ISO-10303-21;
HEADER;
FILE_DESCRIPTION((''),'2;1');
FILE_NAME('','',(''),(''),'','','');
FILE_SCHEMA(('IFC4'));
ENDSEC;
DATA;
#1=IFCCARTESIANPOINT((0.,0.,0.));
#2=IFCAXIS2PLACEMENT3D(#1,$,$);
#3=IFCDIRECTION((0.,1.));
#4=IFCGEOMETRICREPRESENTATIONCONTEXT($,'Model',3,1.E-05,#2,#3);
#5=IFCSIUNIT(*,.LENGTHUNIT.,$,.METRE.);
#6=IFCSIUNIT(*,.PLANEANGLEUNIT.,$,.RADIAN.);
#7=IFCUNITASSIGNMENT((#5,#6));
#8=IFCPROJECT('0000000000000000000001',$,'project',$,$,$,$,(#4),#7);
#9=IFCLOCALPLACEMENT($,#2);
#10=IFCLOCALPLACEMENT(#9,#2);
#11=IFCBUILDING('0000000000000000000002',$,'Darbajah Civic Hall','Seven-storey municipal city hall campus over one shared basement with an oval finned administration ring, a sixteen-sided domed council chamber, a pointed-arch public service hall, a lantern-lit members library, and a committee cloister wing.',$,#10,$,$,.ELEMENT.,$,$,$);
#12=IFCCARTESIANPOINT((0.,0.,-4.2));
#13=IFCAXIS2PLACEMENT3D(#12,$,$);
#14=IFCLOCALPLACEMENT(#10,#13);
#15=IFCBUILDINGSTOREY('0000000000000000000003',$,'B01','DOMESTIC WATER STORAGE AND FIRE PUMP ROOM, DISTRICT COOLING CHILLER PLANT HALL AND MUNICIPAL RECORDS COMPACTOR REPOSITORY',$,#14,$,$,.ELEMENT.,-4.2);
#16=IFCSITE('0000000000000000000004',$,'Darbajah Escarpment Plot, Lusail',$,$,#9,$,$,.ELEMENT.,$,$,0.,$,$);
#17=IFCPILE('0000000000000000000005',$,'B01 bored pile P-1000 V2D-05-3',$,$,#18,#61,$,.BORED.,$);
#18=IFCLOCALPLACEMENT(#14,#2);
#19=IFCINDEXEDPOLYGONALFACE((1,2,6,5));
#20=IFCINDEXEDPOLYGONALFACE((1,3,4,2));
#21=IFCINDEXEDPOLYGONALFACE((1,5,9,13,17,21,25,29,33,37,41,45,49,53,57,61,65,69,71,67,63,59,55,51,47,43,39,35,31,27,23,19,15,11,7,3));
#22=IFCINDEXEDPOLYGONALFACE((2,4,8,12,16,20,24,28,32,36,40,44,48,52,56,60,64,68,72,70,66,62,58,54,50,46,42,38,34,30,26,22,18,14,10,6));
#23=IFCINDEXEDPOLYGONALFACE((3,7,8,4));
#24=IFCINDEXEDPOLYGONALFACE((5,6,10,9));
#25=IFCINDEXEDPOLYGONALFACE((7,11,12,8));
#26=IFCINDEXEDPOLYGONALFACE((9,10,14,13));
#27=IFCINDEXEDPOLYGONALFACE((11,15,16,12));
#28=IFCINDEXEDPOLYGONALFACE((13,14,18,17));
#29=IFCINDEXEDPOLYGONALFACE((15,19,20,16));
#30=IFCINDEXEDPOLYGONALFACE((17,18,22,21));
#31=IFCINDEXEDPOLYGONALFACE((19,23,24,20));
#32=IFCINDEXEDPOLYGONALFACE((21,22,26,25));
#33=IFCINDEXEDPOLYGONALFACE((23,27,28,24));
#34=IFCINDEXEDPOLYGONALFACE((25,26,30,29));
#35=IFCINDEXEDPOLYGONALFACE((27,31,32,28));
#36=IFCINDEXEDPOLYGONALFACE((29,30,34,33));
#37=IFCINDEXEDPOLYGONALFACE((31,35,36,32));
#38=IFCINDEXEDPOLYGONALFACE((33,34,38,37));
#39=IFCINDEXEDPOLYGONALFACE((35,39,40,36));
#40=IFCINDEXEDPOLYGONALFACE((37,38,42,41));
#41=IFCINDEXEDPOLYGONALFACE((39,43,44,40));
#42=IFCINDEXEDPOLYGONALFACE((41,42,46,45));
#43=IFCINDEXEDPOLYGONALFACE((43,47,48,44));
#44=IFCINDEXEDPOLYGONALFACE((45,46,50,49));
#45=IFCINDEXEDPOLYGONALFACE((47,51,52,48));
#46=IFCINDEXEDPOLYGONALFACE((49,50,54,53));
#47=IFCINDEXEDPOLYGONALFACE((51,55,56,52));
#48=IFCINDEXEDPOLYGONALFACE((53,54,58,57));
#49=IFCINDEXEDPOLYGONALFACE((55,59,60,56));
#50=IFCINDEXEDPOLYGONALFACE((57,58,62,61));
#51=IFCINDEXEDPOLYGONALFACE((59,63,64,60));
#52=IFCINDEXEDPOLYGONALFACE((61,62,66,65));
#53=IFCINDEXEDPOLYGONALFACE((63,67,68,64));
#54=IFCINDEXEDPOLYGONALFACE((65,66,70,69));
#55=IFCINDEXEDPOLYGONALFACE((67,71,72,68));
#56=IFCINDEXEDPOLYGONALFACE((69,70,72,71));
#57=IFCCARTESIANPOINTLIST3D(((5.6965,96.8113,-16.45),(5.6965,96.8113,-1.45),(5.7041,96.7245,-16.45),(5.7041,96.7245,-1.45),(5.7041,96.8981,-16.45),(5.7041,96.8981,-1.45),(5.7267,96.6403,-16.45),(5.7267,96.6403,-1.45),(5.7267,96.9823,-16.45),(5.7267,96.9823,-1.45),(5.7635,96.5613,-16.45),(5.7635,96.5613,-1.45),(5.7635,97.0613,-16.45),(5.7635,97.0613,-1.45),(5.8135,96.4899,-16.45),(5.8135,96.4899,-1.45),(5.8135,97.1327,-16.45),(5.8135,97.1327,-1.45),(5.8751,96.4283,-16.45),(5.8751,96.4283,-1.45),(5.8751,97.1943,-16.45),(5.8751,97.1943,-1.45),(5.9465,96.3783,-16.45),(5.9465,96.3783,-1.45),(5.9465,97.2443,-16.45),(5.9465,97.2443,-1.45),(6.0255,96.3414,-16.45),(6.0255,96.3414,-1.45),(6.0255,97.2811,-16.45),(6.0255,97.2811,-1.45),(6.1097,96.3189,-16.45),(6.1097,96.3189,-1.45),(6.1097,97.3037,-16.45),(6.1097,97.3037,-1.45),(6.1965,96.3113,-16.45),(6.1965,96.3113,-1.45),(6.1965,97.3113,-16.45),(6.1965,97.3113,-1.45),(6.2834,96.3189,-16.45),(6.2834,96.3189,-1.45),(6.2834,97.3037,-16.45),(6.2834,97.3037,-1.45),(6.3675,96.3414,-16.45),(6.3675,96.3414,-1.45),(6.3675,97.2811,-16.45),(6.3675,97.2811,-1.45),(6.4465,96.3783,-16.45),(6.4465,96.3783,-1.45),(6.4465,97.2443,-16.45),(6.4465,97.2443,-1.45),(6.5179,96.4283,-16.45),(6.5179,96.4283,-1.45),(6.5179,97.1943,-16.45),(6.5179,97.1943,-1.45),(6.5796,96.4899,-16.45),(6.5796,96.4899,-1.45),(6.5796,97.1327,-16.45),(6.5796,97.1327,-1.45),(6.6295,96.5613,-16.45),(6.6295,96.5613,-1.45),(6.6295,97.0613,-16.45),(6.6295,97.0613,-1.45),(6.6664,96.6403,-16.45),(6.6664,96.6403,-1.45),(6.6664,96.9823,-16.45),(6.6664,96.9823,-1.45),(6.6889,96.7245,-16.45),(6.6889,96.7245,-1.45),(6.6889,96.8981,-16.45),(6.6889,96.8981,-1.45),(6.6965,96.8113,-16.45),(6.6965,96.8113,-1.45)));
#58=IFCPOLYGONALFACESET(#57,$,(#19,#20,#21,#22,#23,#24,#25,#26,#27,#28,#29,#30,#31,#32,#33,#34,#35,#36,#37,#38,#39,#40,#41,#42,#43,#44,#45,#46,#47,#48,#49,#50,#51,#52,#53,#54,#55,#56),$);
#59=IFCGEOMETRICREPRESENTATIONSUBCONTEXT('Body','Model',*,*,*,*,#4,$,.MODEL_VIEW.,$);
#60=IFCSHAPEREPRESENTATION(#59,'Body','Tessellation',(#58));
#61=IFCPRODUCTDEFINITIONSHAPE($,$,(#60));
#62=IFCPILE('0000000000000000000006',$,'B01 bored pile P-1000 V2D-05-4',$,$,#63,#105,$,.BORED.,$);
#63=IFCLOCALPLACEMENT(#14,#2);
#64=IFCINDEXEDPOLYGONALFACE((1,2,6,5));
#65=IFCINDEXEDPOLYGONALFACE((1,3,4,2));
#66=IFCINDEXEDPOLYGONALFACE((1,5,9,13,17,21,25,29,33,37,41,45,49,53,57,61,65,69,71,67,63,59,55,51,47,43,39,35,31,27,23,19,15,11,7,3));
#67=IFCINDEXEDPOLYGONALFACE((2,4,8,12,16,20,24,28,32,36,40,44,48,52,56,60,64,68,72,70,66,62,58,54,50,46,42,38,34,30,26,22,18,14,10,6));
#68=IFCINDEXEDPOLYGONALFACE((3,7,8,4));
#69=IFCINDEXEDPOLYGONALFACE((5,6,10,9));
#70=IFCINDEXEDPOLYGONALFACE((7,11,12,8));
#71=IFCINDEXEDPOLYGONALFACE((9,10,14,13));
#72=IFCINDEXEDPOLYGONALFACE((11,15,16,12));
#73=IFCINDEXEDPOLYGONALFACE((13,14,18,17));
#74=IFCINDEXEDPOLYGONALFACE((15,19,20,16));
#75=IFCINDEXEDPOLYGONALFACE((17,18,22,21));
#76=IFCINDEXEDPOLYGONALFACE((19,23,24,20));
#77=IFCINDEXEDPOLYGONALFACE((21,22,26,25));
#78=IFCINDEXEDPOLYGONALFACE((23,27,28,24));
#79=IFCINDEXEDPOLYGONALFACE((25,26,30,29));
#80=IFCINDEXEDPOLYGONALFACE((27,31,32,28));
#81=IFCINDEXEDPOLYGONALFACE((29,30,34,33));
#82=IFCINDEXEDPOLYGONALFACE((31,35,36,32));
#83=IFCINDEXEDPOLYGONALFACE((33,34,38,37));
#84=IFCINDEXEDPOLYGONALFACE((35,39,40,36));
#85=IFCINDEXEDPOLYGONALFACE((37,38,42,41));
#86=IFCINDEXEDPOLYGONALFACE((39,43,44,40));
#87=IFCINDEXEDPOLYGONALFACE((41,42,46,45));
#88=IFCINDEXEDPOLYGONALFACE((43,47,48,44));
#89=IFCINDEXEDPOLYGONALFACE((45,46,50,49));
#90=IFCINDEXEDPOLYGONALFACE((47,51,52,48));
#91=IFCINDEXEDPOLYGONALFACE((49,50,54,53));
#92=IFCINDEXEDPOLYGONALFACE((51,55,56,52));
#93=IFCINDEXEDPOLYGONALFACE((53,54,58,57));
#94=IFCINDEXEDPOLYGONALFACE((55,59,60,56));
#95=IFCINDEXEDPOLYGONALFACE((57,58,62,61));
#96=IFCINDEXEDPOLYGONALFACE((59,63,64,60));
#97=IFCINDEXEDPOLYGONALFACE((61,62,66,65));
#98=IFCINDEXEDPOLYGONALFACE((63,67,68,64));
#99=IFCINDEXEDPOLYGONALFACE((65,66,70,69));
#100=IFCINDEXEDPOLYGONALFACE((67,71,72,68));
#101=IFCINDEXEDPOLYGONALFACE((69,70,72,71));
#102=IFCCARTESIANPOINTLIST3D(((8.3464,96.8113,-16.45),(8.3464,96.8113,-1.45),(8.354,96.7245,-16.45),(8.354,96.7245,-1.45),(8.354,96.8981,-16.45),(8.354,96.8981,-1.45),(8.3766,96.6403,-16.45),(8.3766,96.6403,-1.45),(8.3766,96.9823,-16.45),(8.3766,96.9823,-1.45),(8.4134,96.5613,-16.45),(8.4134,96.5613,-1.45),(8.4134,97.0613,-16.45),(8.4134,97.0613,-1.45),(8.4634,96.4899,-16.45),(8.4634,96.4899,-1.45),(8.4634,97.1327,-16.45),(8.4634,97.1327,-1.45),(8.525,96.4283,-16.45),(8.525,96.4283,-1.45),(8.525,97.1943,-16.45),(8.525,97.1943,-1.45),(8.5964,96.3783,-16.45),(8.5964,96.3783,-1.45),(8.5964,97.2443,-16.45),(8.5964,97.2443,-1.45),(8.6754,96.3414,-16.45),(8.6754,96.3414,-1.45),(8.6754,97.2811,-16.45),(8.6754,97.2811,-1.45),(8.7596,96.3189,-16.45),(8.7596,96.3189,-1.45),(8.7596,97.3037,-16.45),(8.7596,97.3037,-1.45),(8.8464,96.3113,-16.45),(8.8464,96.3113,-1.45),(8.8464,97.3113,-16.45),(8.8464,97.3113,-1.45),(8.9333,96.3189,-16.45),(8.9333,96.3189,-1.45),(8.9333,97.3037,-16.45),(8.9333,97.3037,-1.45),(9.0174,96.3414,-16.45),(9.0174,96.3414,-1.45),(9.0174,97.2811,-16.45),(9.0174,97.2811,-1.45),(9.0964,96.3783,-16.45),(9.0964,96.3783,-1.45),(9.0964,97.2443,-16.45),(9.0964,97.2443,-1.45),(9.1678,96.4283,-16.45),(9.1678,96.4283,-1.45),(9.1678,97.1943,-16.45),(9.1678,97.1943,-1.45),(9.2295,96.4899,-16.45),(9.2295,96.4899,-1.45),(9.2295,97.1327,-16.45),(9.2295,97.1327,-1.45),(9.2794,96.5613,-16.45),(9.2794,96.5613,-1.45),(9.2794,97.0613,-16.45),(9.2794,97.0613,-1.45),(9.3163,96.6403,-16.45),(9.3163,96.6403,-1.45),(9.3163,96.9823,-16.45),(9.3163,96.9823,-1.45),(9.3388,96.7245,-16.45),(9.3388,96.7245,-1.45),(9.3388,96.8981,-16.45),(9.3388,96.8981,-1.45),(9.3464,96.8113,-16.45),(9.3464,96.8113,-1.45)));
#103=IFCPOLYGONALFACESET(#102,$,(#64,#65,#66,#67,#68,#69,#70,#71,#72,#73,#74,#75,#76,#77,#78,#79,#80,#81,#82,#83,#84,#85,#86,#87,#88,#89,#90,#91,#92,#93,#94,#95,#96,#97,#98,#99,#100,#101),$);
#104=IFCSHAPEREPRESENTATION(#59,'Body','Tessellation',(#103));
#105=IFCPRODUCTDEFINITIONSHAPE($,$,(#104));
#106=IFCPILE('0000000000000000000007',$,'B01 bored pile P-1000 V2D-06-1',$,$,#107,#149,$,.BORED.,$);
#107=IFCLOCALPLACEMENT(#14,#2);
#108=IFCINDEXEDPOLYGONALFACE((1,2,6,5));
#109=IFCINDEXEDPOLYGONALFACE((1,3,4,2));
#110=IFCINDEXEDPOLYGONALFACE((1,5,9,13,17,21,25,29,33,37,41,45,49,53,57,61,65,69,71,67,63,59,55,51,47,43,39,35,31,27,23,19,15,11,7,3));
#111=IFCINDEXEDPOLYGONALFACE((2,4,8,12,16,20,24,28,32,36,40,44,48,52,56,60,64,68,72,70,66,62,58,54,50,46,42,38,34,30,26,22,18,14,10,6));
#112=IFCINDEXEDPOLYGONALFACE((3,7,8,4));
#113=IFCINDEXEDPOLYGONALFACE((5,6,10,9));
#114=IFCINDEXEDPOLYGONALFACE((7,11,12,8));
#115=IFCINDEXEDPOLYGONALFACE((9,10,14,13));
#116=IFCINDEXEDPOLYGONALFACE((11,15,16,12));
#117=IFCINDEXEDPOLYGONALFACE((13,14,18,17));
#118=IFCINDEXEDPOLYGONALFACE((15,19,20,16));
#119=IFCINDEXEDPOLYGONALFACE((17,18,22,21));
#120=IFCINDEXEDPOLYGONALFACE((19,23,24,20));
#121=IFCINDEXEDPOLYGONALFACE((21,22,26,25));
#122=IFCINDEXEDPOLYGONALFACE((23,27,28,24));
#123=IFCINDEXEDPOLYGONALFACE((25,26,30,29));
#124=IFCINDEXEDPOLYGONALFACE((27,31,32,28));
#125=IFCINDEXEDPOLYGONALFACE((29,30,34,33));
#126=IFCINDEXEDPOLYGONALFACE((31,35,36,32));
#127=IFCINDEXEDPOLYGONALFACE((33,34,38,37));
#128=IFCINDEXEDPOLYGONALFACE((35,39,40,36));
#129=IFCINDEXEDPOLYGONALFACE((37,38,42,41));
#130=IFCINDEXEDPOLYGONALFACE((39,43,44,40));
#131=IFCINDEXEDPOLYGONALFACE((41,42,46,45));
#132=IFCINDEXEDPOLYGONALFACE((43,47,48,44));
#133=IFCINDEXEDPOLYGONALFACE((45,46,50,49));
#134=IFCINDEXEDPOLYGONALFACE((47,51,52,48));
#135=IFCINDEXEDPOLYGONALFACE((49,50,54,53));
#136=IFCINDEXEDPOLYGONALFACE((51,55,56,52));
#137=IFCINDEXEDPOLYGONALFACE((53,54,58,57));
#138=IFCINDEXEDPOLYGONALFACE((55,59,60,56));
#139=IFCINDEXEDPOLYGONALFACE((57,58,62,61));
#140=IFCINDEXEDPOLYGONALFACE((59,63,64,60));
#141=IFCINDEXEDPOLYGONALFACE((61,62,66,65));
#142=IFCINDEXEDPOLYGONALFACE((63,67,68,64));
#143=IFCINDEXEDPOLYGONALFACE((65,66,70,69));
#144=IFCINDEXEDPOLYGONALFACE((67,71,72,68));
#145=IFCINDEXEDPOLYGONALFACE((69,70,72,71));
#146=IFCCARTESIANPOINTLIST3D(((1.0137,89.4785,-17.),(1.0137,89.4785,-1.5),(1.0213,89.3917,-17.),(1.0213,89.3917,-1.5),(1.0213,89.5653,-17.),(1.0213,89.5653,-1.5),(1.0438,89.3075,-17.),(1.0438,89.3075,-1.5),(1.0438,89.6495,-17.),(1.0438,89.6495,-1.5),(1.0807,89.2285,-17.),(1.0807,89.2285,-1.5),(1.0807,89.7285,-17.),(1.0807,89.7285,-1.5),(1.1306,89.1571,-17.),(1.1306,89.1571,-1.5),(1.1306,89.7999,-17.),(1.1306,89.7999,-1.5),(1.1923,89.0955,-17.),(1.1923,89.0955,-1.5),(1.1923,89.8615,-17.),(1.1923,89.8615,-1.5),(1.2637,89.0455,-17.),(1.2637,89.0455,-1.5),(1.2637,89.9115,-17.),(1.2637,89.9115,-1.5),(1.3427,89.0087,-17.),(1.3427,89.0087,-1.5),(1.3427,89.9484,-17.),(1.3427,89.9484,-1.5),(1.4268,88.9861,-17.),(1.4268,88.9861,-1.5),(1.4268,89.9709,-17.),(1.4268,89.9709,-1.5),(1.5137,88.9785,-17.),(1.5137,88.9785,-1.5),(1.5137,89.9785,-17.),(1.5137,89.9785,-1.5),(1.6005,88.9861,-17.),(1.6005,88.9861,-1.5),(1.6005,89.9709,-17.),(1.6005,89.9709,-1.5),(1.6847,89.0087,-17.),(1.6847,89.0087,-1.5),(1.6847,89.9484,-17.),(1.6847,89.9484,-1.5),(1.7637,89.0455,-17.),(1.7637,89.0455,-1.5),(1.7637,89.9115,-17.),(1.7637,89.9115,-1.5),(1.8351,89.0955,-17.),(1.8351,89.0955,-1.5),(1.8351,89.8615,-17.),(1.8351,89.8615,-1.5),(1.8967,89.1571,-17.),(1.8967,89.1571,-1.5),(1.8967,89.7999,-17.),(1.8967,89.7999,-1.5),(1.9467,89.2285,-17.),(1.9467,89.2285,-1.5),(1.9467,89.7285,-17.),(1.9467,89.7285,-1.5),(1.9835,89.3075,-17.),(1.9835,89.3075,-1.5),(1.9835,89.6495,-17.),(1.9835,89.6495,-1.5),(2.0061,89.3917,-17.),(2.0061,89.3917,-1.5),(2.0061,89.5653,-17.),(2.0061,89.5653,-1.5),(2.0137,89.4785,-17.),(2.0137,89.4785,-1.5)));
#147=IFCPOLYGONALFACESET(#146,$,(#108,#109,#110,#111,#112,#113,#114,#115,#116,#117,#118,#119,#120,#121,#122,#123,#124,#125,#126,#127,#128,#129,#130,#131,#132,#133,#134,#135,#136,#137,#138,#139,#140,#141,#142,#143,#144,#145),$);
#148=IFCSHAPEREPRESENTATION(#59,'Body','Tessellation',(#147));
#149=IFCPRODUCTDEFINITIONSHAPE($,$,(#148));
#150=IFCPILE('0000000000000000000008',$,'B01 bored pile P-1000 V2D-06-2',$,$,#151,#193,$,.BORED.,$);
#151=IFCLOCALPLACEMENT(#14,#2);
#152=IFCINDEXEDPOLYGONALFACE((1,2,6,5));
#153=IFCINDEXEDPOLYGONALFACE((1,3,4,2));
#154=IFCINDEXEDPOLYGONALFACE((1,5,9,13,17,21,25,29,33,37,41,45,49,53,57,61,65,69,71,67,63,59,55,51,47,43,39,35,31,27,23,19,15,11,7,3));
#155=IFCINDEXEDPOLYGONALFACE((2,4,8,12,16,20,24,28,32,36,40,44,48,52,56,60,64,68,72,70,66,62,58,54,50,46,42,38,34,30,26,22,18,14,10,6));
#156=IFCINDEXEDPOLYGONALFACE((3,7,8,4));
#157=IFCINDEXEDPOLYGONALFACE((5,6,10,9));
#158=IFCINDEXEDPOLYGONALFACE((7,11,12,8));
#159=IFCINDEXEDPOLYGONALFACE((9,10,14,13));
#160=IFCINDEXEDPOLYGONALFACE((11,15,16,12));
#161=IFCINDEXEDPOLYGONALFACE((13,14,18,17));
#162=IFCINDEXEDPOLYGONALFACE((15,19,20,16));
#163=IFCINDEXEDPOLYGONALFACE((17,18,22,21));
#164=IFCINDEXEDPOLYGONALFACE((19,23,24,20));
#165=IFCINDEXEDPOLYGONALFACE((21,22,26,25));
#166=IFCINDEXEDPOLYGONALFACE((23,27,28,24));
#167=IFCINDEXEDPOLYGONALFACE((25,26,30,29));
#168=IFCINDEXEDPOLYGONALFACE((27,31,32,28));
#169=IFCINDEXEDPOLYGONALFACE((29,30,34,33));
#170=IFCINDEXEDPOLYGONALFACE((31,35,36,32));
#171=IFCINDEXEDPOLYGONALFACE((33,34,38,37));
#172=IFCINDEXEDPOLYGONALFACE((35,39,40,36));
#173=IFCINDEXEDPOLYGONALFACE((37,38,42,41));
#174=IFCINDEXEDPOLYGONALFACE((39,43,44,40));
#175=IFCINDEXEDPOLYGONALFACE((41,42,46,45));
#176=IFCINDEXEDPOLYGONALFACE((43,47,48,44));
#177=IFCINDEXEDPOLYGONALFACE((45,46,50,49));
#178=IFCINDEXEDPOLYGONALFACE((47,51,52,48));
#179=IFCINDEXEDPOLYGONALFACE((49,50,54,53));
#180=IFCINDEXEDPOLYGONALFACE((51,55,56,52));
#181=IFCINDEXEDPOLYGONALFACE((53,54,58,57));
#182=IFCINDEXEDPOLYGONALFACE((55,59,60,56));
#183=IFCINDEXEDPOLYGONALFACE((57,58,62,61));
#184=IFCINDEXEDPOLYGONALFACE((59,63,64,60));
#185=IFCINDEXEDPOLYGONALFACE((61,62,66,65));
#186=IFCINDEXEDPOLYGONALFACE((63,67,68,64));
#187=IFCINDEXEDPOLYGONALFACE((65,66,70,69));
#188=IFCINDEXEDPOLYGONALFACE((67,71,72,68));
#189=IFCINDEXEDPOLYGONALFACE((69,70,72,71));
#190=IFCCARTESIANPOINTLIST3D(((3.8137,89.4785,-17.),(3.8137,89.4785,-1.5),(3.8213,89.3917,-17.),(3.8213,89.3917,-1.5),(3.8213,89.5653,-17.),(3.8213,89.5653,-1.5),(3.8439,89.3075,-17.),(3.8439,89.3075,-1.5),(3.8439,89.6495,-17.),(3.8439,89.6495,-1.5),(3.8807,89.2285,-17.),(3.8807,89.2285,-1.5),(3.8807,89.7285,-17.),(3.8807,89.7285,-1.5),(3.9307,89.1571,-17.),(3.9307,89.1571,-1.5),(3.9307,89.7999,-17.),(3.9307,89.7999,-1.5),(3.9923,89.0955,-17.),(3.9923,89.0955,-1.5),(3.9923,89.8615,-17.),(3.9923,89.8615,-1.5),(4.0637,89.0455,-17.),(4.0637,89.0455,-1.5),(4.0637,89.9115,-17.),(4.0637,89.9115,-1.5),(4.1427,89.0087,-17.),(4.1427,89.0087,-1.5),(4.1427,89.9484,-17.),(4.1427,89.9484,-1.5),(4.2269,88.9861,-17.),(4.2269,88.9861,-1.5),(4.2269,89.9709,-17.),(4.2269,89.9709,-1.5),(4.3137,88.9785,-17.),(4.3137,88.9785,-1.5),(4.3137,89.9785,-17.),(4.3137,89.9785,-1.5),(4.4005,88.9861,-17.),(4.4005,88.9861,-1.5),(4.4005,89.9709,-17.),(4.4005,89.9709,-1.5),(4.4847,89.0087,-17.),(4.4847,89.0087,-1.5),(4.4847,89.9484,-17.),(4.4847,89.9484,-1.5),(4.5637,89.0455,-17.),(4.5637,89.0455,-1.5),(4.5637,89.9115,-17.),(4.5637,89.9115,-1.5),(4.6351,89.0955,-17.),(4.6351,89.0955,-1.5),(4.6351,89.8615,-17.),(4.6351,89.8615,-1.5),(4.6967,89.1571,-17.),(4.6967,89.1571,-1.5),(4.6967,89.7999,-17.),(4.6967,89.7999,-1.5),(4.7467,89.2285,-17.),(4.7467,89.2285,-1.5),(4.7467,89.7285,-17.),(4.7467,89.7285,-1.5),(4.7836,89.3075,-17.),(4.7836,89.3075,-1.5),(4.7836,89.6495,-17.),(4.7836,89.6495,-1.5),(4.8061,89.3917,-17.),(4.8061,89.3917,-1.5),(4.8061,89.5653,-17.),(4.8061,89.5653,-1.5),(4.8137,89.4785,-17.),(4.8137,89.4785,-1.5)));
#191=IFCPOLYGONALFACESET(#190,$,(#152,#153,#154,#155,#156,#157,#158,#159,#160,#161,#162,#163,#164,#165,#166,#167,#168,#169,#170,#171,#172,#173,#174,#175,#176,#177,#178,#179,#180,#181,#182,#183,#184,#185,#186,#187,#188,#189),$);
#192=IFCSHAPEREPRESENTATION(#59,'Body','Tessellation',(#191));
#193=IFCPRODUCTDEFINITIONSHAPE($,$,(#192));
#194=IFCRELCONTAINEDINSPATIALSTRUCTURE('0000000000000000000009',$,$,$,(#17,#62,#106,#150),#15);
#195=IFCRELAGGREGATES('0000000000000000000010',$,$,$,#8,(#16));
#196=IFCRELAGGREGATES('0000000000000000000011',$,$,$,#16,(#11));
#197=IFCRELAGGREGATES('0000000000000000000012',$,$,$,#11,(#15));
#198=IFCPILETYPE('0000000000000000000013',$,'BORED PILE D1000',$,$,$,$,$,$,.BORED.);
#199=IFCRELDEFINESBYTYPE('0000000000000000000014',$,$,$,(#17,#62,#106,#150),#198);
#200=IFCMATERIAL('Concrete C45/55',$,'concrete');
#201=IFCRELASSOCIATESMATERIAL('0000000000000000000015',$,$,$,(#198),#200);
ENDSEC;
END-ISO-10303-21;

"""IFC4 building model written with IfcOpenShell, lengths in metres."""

from ifc_helpers import new_model, si_unit, direction, frame, origin, origin_2d, place, context, subcontext, project, spatial, circle, extrude, material, material_profile, profile_set, type_object, element, save


model = new_model("IFC4")

# Units and contexts
model_context = context("Model", 3, precision=1e-05, world=origin(), true_north=direction((0.0, 1.0)))
body_context = subcontext(model_context, "Body", "Model", "MODEL_VIEW")
ifc_project = project(units=[si_unit("LENGTHUNIT", "METRE"), si_unit("PLANEANGLEUNIT", "RADIAN")], contexts=[model_context])

# Site, building, storey
site_placement = place(None, origin())
site = spatial("IfcSite", under=ifc_project, at=site_placement, Name="Darbajah Escarpment Plot, Lusail", CompositionType="ELEMENT", RefElevation=0.0)
building_placement = place(site_placement, origin())
building = spatial("IfcBuilding", under=site, at=building_placement, Name="Darbajah Civic Hall", Description="Seven-storey municipal city hall campus over one shared basement with an oval finned administration ring, a sixteen-sided domed council chamber, a pointed-arch public service hall, a lantern-lit members library, and a committee cloister wing.", CompositionType="ELEMENT")
storey_placement = place(building_placement, frame((0.0, 0.0, -4.2)))
storey = spatial("IfcBuildingStorey", under=building, at=storey_placement, Name="B01", Description="DOMESTIC WATER STORAGE AND FIRE PUMP ROOM, DISTRICT COOLING CHILLER PLANT HALL AND MUNICIPAL RECORDS COMPACTOR REPOSITORY", CompositionType="ELEMENT", Elevation=-4.2)

# Piles
ifc_material_1 = material(Name="Concrete C45/55", Category="concrete")
ifc_material_profile_1 = material_profile(ifc_material_1, circle(Radius=0.5, at=origin_2d()), Name="BORED PILE D1000")
ifc_profile_set_1 = profile_set([ifc_material_profile_1], Name="Concrete C45/55")
pile_type = type_object("IfcPileType", Name="BORED PILE D1000", PredefinedType="BORED", material=ifc_profile_set_1)
for number, where, z_axis, x_axis, name in (
    (1, (6.1965, 96.8113, -1.45), (0.0, 0.0, -1.0), (1.0, 0.0, 0.0), "B01 bored pile P-1000 V2D-05-3"),
    (2, (8.8464, 96.8113, -1.45), (0.0, 0.0, -1.0), (1.0, 0.0, 0.0), "B01 bored pile P-1000 V2D-05-4"),
):
    element("IfcPile", number, at=place(storey_placement, frame(where, z_axis=z_axis, x_axis=x_axis)), inside=storey, type_object=pile_type, Name=name, PredefinedType="BORED", context=body_context, shape_type="SweptSolid", body=[
        extrude(circle(Radius=0.5, at=origin_2d()), origin(), (0.0, 0.0, 1.0), 15.0),
    ])
for number, where, z_axis, x_axis, name in (
    (3, (1.5137, 89.4785, -1.5), (0.0, 0.0, -1.0), (1.0, 0.0, 0.0), "B01 bored pile P-1000 V2D-06-1"),
    (4, (4.3137, 89.4785, -1.5), (0.0, 0.0, -1.0), (1.0, 0.0, 0.0), "B01 bored pile P-1000 V2D-06-2"),
):
    element("IfcPile", number, at=place(storey_placement, frame(where, z_axis=z_axis, x_axis=x_axis)), inside=storey, type_object=pile_type, Name=name, PredefinedType="BORED", context=body_context, shape_type="SweptSolid", body=[
        extrude(circle(Radius=0.5, at=origin_2d()), origin(), (0.0, 0.0, 1.0), 15.5),
    ])

save(model, "model.ifc")
